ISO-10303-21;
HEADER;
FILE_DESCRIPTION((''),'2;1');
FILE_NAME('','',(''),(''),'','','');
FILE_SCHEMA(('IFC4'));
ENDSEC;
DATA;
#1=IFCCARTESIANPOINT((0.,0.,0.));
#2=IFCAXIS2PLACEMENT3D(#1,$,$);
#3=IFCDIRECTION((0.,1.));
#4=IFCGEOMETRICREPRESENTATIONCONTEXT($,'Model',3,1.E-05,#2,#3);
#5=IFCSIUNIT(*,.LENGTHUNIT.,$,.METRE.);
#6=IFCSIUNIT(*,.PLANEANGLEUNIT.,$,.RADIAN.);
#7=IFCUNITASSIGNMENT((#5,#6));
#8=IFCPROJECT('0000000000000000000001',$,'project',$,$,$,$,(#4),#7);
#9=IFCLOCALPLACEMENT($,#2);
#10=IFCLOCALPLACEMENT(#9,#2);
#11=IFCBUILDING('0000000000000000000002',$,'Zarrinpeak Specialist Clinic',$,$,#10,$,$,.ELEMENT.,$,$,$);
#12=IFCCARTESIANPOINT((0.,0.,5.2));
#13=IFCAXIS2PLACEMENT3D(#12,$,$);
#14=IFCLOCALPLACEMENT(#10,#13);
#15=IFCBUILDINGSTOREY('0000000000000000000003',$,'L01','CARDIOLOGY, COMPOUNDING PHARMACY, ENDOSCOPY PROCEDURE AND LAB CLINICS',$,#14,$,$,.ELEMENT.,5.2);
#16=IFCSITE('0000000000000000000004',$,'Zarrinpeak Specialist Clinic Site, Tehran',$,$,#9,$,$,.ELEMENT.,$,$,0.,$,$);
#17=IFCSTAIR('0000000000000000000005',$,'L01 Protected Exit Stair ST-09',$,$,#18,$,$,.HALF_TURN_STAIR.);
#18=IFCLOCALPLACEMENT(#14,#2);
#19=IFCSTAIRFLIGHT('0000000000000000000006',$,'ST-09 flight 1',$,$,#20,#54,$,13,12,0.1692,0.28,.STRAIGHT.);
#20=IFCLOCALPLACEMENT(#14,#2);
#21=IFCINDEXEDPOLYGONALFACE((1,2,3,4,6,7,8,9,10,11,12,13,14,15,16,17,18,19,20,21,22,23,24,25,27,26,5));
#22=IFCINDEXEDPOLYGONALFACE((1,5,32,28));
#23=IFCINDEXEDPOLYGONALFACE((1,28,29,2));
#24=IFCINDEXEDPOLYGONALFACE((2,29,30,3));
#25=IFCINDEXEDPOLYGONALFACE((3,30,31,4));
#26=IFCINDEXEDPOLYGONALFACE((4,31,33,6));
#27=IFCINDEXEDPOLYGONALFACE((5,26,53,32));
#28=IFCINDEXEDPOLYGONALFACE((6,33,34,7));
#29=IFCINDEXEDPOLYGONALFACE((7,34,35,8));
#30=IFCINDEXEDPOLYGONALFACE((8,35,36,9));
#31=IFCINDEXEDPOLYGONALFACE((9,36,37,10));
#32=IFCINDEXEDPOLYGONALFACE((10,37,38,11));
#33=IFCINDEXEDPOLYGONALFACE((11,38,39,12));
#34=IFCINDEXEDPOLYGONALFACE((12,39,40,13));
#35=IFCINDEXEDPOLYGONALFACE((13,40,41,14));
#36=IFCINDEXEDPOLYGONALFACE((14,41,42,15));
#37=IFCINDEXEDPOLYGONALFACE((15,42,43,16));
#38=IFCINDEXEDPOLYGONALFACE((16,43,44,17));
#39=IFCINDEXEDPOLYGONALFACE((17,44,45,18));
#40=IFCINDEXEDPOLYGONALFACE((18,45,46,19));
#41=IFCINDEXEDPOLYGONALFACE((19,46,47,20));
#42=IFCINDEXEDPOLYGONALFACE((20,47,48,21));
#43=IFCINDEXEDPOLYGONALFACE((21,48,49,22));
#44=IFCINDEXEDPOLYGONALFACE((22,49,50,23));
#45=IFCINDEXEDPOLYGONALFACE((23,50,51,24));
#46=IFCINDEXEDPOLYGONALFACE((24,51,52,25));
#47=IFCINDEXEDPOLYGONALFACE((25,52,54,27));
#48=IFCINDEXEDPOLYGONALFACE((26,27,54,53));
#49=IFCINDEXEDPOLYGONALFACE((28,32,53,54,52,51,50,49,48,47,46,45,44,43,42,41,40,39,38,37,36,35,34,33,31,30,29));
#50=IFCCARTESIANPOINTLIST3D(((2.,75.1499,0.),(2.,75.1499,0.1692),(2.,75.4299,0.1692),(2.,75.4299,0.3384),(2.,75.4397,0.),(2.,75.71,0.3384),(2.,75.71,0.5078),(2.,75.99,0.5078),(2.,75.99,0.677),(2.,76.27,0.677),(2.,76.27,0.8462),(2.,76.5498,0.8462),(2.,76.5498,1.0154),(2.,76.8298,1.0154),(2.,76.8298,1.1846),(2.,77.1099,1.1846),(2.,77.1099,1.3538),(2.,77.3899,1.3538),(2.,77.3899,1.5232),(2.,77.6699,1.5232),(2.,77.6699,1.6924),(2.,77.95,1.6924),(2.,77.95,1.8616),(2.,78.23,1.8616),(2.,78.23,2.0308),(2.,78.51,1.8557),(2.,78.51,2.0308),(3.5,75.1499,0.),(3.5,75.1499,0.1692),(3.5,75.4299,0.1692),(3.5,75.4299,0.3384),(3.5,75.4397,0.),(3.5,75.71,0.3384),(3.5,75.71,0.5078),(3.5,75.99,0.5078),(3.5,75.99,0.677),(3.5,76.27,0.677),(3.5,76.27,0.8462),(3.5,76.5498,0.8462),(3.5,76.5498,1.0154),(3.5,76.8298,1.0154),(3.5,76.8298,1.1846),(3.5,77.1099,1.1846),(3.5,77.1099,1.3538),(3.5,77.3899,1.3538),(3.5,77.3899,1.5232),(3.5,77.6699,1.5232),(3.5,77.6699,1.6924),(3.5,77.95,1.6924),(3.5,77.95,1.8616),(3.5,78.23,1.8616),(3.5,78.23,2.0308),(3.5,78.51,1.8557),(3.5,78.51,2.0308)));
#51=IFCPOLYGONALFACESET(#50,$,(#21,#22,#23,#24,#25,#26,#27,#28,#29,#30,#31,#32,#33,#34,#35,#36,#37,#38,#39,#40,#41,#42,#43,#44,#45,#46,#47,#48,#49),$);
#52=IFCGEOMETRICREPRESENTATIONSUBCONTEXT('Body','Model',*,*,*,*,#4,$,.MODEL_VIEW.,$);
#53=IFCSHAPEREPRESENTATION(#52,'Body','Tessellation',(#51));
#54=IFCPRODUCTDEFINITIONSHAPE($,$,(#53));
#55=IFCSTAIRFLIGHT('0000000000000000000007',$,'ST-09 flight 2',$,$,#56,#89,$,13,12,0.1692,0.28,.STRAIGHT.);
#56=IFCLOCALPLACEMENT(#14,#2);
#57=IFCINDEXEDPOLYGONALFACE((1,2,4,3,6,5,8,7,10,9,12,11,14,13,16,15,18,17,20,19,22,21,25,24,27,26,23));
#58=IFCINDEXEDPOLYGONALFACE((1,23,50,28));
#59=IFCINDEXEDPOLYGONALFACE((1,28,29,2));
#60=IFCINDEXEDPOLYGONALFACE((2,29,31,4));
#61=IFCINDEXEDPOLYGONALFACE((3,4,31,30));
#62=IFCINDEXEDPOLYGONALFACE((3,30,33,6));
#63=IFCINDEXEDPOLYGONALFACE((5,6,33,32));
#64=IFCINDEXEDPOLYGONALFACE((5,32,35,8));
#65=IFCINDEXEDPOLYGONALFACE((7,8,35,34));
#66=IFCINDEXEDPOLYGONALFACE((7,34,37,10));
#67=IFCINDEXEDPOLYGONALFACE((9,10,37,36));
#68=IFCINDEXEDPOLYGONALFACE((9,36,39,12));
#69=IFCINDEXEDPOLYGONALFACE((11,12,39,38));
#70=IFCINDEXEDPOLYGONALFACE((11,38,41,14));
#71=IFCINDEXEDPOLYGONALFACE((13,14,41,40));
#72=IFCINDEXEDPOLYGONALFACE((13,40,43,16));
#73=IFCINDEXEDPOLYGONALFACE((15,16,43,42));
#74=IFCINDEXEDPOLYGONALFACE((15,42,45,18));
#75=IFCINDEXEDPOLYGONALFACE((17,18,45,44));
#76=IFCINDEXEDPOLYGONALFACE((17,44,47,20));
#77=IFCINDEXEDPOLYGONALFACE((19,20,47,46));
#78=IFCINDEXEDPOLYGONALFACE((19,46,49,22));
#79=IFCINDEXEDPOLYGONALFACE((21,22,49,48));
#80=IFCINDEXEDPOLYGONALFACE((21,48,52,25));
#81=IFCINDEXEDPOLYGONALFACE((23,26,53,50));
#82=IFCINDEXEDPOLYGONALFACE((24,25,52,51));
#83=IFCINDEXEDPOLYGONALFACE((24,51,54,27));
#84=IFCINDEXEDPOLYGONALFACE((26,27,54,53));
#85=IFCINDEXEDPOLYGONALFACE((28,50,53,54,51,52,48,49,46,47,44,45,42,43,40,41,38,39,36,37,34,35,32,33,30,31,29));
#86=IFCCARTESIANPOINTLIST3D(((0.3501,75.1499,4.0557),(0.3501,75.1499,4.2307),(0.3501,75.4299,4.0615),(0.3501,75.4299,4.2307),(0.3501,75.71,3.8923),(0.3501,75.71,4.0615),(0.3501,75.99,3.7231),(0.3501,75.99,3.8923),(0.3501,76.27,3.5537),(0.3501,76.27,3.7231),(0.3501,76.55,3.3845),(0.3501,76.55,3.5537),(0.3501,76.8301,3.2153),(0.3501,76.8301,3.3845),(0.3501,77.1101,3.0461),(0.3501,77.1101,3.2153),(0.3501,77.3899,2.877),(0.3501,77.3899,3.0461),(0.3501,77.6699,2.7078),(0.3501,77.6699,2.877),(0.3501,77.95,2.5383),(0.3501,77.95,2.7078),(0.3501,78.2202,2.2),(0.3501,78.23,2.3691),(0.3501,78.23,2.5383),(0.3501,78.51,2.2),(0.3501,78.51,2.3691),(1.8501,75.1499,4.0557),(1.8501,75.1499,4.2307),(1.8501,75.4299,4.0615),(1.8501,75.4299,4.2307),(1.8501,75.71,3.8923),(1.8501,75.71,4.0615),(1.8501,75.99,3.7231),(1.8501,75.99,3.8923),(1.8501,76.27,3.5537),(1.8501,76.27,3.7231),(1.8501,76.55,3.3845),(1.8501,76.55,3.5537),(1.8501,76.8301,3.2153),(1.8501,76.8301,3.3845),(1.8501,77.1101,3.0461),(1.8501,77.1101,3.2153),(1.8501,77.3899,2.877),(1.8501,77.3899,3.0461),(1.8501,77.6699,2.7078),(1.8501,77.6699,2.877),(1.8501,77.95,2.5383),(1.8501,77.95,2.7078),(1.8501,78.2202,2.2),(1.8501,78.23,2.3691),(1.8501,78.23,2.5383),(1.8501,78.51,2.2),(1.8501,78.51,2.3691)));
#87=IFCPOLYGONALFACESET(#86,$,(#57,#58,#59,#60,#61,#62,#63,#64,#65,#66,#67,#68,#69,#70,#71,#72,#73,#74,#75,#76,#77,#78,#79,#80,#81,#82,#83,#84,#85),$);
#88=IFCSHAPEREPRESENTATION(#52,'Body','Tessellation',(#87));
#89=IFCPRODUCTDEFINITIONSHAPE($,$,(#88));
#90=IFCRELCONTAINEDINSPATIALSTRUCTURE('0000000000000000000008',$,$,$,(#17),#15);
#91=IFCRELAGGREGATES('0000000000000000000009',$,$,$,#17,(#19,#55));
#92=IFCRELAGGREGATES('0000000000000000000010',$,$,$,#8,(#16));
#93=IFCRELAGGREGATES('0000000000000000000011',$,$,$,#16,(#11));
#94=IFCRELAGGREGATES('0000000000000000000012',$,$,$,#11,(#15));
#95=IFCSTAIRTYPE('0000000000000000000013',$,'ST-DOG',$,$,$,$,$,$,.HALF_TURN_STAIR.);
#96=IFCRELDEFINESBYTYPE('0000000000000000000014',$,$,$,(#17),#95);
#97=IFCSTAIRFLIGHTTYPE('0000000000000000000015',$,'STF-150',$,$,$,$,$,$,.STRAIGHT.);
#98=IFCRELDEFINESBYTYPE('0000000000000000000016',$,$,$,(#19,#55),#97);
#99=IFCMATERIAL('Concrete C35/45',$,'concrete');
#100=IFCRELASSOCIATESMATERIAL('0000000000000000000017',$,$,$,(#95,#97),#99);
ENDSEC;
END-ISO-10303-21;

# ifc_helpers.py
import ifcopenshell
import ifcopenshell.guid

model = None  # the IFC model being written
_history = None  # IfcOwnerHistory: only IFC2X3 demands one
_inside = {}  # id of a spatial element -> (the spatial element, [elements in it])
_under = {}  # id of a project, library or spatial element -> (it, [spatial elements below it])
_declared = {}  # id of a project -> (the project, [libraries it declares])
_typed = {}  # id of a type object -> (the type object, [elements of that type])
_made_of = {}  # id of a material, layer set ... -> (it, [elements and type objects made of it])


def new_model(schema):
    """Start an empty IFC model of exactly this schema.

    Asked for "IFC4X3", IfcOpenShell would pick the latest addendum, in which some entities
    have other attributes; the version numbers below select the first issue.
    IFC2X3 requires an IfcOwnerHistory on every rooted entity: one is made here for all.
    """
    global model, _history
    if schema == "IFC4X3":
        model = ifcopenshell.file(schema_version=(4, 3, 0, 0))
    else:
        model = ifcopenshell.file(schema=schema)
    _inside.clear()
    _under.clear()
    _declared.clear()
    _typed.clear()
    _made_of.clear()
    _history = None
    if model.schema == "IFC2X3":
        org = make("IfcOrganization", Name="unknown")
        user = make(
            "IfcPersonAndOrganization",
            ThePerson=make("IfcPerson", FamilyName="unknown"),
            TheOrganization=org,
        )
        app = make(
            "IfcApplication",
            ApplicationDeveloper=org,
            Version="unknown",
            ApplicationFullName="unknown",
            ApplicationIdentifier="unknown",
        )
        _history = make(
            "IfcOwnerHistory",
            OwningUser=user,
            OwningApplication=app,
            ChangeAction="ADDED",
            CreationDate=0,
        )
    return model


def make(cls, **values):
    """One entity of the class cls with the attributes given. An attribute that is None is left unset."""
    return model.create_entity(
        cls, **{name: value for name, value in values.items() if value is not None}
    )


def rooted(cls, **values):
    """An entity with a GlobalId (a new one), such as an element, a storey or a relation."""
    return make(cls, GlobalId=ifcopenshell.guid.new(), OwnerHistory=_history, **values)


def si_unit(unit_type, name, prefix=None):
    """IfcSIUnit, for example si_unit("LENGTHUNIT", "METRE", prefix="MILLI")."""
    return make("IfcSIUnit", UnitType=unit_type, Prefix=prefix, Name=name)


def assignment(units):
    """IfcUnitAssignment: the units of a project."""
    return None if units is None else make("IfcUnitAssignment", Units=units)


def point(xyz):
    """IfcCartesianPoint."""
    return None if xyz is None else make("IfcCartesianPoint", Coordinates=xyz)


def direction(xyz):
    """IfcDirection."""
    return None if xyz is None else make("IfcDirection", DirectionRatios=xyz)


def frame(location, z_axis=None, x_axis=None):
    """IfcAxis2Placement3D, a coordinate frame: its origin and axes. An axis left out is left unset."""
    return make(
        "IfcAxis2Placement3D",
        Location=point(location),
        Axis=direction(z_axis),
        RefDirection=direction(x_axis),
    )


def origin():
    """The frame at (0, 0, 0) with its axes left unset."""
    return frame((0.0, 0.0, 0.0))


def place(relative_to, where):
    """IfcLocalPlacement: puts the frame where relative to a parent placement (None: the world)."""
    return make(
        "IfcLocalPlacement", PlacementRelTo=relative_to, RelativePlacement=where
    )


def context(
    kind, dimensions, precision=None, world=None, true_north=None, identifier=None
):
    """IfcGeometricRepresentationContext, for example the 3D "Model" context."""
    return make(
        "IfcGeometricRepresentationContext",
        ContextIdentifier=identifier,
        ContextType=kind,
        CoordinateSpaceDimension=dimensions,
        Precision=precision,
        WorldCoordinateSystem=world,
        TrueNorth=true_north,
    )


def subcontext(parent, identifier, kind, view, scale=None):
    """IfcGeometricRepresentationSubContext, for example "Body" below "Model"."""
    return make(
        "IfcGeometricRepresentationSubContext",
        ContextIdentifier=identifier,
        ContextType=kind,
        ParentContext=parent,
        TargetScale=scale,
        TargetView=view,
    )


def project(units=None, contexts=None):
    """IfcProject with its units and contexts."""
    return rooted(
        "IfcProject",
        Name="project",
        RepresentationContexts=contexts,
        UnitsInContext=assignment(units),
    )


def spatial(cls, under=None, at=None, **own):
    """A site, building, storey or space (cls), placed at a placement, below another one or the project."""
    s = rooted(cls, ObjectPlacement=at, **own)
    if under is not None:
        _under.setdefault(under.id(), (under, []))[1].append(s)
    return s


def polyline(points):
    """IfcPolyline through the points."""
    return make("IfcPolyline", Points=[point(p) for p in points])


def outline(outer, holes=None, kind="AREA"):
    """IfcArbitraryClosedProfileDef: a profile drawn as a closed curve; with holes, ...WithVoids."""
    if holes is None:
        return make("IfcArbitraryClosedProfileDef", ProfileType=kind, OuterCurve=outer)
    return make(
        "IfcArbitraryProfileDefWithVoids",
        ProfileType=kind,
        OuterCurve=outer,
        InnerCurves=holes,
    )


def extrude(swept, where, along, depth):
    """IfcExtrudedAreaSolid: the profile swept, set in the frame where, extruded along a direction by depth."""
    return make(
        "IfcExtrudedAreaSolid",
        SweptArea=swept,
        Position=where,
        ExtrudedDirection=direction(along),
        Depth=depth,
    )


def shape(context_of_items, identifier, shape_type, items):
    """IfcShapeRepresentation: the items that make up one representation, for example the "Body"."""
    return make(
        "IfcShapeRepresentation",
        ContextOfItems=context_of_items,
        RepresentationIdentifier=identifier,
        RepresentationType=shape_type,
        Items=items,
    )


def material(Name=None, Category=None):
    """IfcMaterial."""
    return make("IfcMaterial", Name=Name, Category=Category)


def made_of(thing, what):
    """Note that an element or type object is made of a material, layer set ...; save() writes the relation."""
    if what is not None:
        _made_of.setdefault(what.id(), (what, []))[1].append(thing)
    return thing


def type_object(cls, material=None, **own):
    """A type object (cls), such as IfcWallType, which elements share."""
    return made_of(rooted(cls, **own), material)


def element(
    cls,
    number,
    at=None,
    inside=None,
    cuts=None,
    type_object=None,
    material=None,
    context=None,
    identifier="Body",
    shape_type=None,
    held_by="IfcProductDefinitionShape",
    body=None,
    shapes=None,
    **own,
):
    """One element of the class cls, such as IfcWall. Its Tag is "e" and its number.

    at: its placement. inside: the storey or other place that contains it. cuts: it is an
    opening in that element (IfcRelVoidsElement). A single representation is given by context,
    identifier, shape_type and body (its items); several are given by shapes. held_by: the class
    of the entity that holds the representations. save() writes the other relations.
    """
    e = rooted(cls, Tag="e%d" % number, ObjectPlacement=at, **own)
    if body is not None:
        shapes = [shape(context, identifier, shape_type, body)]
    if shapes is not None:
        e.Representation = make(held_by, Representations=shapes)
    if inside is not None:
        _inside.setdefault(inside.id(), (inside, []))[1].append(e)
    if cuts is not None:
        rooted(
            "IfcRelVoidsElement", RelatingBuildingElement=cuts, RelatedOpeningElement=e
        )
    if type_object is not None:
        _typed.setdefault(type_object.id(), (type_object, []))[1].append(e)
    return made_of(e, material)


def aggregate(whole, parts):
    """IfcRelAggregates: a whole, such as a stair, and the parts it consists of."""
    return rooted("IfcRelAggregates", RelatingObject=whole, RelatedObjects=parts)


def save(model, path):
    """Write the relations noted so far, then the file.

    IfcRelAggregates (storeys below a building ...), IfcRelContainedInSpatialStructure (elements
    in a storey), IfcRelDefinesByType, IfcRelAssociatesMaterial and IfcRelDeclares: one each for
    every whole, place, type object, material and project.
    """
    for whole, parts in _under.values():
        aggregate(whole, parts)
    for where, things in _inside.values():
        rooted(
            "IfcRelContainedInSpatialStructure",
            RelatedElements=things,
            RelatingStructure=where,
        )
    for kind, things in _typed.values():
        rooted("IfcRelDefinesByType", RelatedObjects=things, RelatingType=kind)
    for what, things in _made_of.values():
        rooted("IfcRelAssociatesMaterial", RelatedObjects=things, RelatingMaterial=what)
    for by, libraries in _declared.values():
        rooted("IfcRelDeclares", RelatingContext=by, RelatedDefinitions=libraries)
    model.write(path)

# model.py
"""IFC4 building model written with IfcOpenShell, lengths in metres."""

from ifc_helpers import new_model, si_unit, direction, frame, origin, place, context, subcontext, project, spatial, polyline, outline, extrude, material, type_object, element, aggregate, save


model = new_model("IFC4")

# Units and contexts
model_context = context("Model", 3, precision=1e-05, world=origin(), true_north=direction((0.0, 1.0)))
body_context = subcontext(model_context, "Body", "Model", "MODEL_VIEW")
ifc_project = project(units=[si_unit("LENGTHUNIT", "METRE"), si_unit("PLANEANGLEUNIT", "RADIAN")], contexts=[model_context])

# Site, building, storey
site_placement = place(None, origin())
site = spatial("IfcSite", under=ifc_project, at=site_placement, Name="Zarrinpeak Specialist Clinic Site, Tehran", CompositionType="ELEMENT", RefElevation=0.0)
building_placement = place(site_placement, origin())
building = spatial("IfcBuilding", under=site, at=building_placement, Name="Zarrinpeak Specialist Clinic", CompositionType="ELEMENT")
storey_placement = place(building_placement, frame((0.0, 0.0, 5.2)))
storey = spatial("IfcBuildingStorey", under=building, at=storey_placement, Name="L01", Description="CARDIOLOGY, COMPOUNDING PHARMACY, ENDOSCOPY PROCEDURE AND LAB CLINICS", CompositionType="ELEMENT", Elevation=5.2)

# Stair, stair flights
ifc_material_1 = material(Name="Concrete C35/45", Category="concrete")
stair_type = type_object("IfcStairType", Name="ST-DOG", PredefinedType="HALF_TURN_STAIR", material=ifc_material_1)
stair_placement = place(storey_placement, origin())
stair = element("IfcStair", 1, at=stair_placement, inside=storey, type_object=stair_type, Name="L01 Protected Exit Stair ST-09", PredefinedType="HALF_TURN_STAIR")
stair_flight_type = type_object("IfcStairFlightType", Name="STF-150", PredefinedType="STRAIGHT", material=ifc_material_1)
stair_flight_1_placement = place(storey_placement, frame((2.75, 75.1499, 0.0), z_axis=(0.0, 0.0, 1.0), x_axis=(0.0, 1.0, 0.0)))
stair_flight_1 = element("IfcStairFlight", 2, at=stair_flight_1_placement, type_object=stair_flight_type, Name="ST-09 flight 1", NumberOfRisers=13, NumberOfTreads=12, PredefinedType="STRAIGHT", RiserHeight=0.1692, TreadLength=0.28, context=body_context, shape_type="SweptSolid", body=[
    extrude(outline(polyline([(0.0, 0.0), (0.0, 0.1692), (0.28, 0.1692), (0.28, 0.3384), (0.5601, 0.3384), (0.5601, 0.5078), (0.8401, 0.5078), (0.8401, 0.677), (1.1201, 0.677), (1.1201, 0.8462), (1.3999, 0.8462), (1.3999, 1.0154), (1.6799, 1.0154), (1.6799, 1.1846), (1.96, 1.1846), (1.96, 1.3538), (2.24, 1.3538), (2.24, 1.5232), (2.52, 1.5232), (2.52, 1.6924), (2.8, 1.6924), (2.8, 1.8616), (3.0801, 1.8616), (3.0801, 2.0308), (3.3601, 2.0308), (3.3601, 2.2), (3.3601, 1.8557), (0.2898, 0.0), (0.0, 0.0)])), frame((0.0, 0.75, 0.0), z_axis=(0.0, -1.0, 0.0), x_axis=(1.0, 0.0, 0.0)), (0.0, 0.0, 1.0), 1.5),
])
stair_flight_2_placement = place(storey_placement, frame((1.1001, 78.51, 2.2), z_axis=(0.0, 0.0, 1.0), x_axis=(0.0, -1.0, 0.0)))
stair_flight_2 = element("IfcStairFlight", 3, at=stair_flight_2_placement, type_object=stair_flight_type, Name="ST-09 flight 2", NumberOfRisers=13, NumberOfTreads=12, PredefinedType="STRAIGHT", RiserHeight=0.1692, TreadLength=0.28, context=body_context, shape_type="SweptSolid", body=[
    extrude(outline(polyline([(0.0, 0.0), (0.0, 0.1692), (0.28, 0.1692), (0.28, 0.3384), (0.5601, 0.3384), (0.5601, 0.5078), (0.8401, 0.5078), (0.8401, 0.677), (1.1201, 0.677), (1.1201, 0.8462), (1.3999, 0.8462), (1.3999, 1.0154), (1.6799, 1.0154), (1.6799, 1.1846), (1.96, 1.1846), (1.96, 1.3538), (2.24, 1.3538), (2.24, 1.5232), (2.52, 1.5232), (2.52, 1.6924), (2.8, 1.6924), (2.8, 1.8616), (3.0801, 1.8616), (3.0801, 2.0308), (3.3601, 2.0308), (3.3601, 2.2), (3.3601, 1.8557), (0.2898, 0.0), (0.0, 0.0)])), frame((0.0, 0.75, 0.0), z_axis=(0.0, -1.0, 0.0), x_axis=(1.0, 0.0, 0.0)), (0.0, 0.0, 1.0), 1.5),
])
aggregate(stair, [stair_flight_1, stair_flight_2])

save(model, "model.ifc")
